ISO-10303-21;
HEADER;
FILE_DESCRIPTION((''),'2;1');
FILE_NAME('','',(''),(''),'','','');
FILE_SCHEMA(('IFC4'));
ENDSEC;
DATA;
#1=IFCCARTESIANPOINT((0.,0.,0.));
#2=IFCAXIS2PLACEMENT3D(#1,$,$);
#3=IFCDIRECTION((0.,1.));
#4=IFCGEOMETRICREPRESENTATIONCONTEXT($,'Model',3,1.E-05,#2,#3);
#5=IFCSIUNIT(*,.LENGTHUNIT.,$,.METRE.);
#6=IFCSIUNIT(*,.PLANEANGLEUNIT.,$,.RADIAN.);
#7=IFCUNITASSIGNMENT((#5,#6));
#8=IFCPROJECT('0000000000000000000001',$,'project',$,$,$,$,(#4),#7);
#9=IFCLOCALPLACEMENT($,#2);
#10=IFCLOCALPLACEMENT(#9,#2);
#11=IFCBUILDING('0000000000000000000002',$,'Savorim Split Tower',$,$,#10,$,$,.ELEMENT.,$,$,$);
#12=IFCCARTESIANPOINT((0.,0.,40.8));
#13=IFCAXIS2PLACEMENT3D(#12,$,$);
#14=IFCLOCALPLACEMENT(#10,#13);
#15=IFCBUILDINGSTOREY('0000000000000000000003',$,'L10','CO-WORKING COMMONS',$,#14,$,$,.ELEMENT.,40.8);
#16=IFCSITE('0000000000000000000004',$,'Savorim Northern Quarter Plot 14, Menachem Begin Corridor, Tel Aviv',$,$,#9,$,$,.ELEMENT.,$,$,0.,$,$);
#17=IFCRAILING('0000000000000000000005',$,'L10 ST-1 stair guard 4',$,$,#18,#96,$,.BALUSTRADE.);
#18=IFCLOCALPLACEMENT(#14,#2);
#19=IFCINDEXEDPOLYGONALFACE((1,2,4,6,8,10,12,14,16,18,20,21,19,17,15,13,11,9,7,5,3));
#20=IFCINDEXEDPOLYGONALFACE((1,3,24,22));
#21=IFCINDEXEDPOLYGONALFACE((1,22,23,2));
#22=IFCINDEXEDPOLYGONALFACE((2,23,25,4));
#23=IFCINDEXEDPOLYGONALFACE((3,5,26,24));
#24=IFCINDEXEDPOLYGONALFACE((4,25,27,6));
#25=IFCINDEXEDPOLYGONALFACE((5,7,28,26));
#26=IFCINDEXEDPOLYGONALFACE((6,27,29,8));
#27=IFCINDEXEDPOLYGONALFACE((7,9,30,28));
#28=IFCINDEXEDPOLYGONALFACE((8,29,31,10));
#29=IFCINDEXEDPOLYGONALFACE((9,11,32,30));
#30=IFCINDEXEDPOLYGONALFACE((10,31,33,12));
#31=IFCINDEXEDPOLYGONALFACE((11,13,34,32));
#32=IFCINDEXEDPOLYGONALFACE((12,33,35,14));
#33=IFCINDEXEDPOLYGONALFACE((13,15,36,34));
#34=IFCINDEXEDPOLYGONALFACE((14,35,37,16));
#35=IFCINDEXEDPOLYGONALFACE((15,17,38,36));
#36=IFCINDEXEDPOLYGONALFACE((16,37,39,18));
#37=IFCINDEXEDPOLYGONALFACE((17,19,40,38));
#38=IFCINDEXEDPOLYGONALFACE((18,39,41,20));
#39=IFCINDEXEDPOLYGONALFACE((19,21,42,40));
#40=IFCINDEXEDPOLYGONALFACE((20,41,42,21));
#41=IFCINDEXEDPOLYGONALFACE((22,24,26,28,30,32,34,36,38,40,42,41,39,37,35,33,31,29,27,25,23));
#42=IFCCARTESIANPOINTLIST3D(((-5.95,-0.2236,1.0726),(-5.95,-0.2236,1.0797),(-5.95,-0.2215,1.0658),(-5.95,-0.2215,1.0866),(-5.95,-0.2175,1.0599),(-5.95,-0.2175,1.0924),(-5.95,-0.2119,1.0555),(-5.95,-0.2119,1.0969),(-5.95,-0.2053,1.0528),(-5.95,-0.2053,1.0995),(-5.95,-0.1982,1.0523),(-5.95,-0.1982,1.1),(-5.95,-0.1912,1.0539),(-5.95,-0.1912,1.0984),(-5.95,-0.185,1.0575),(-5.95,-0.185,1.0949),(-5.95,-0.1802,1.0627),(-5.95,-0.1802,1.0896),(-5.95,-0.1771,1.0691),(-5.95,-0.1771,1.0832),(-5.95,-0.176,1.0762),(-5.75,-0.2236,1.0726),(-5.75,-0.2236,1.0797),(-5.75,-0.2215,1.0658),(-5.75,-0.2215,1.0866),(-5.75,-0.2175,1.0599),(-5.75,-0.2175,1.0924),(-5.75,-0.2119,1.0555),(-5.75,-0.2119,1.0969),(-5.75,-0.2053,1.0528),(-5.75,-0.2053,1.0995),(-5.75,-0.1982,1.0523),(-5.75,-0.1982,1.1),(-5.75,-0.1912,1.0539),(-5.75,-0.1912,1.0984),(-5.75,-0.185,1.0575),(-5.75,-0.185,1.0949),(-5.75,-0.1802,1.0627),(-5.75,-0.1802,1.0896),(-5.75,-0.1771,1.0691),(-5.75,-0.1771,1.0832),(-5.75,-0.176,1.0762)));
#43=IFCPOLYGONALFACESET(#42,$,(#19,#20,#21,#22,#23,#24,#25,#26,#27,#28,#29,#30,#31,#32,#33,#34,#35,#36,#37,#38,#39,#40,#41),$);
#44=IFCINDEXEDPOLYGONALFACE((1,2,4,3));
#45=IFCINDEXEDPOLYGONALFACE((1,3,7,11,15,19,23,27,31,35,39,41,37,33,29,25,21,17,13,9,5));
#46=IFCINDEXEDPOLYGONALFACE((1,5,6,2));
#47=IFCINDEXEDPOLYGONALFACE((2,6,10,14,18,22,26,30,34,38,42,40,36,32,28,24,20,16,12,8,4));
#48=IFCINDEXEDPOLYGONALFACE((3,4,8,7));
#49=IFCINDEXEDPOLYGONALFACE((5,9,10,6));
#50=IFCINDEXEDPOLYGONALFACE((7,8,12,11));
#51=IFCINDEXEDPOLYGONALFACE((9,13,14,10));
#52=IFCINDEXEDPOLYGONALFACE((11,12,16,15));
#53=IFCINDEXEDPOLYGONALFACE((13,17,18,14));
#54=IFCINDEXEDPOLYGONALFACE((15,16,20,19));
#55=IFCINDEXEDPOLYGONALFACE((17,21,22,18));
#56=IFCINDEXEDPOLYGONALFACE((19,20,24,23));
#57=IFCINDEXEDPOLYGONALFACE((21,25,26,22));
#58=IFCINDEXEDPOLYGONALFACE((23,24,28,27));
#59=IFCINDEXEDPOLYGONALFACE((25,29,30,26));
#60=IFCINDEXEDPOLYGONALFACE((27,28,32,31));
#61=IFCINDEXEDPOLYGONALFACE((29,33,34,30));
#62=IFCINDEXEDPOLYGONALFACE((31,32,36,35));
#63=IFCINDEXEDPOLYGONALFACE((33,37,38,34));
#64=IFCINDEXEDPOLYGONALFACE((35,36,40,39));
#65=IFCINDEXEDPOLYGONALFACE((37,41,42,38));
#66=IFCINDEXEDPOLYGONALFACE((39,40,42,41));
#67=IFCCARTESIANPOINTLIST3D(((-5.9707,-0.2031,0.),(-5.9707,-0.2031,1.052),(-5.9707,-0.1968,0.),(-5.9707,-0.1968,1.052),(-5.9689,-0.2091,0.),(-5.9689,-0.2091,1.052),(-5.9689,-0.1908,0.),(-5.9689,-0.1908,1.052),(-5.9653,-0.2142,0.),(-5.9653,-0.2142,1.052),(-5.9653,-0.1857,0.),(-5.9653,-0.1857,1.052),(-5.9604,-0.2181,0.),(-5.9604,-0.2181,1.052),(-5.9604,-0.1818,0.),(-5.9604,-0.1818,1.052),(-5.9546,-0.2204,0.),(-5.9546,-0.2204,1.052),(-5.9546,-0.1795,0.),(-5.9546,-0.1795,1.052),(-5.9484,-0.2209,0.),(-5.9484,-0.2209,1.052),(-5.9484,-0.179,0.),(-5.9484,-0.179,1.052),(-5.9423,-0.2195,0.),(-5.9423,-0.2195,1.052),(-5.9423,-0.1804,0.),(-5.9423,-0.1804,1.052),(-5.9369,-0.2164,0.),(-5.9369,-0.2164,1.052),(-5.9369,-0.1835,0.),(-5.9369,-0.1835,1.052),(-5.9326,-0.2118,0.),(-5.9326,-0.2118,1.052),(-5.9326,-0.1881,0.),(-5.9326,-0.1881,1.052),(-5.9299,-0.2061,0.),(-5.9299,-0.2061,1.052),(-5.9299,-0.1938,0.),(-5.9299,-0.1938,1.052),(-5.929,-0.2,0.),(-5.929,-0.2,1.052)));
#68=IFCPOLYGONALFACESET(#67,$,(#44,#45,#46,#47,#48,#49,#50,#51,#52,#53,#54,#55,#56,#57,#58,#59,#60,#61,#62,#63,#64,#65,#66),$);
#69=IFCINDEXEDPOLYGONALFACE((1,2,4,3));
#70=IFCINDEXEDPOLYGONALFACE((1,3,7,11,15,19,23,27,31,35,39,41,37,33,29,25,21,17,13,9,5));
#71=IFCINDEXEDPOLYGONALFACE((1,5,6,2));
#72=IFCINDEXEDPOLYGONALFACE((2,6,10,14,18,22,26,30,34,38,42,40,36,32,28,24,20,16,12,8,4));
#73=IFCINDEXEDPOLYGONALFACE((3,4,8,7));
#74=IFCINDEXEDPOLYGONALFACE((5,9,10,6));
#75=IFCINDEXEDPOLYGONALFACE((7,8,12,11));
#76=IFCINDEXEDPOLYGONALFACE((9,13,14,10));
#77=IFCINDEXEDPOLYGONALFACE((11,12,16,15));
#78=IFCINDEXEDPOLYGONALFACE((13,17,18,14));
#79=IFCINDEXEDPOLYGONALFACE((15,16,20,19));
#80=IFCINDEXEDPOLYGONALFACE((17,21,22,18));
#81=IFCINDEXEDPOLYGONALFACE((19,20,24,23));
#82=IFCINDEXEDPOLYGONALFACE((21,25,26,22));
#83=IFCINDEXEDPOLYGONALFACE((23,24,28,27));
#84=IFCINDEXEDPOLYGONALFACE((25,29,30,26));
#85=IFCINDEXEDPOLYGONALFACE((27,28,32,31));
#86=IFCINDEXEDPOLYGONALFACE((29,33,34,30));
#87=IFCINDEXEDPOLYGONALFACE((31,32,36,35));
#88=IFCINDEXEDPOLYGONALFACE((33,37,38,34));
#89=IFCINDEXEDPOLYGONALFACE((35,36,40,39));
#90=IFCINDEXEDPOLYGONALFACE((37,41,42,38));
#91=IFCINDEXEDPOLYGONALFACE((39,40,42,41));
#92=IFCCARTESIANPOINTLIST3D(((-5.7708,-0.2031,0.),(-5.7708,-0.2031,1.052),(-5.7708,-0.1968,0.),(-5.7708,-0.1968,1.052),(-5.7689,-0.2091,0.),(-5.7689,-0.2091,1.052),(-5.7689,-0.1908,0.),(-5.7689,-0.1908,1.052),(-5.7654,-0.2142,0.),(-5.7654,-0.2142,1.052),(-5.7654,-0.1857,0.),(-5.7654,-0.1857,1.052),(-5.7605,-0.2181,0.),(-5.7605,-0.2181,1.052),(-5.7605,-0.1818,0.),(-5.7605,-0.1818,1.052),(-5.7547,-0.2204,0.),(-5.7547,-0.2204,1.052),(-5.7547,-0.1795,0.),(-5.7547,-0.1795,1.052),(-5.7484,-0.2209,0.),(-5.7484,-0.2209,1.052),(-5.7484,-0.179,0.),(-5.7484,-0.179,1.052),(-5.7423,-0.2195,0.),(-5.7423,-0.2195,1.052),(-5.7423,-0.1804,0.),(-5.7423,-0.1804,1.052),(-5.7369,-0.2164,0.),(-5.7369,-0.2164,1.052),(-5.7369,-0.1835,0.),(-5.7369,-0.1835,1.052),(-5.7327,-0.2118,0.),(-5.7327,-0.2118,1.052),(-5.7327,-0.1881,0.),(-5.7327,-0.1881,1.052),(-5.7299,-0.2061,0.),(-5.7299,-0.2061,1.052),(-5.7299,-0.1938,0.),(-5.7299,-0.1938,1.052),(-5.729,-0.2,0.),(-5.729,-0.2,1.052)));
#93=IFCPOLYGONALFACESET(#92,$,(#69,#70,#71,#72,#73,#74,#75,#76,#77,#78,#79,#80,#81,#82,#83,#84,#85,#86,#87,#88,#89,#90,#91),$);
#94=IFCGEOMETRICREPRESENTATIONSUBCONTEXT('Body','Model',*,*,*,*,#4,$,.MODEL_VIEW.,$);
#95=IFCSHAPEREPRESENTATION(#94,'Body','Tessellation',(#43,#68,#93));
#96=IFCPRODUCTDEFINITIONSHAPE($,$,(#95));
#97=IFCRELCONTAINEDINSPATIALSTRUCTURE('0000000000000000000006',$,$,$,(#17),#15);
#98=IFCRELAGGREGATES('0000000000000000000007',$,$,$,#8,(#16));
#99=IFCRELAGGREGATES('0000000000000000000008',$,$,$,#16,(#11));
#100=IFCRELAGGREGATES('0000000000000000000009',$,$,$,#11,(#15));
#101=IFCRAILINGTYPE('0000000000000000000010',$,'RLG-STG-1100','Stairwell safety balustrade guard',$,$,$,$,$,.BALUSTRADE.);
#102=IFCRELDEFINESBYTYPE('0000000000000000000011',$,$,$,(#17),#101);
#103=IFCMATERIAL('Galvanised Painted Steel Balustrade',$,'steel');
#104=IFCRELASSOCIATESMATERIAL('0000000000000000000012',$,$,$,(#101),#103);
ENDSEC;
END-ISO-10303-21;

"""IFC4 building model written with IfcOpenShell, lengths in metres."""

from ifc_helpers import new_model, si_unit, direction, frame, origin, origin_2d, place, context, subcontext, project, spatial, circle, extrude, material, type_object, element, save


model = new_model("IFC4")

# Units and contexts
model_context = context("Model", 3, precision=1e-05, world=origin(), true_north=direction((0.0, 1.0)))
body_context = subcontext(model_context, "Body", "Model", "MODEL_VIEW")
ifc_project = project(units=[si_unit("LENGTHUNIT", "METRE"), si_unit("PLANEANGLEUNIT", "RADIAN")], contexts=[model_context])

# Site, building, storey
site_placement = place(None, origin())
site = spatial("IfcSite", under=ifc_project, at=site_placement, Name="Savorim Northern Quarter Plot 14, Menachem Begin Corridor, Tel Aviv", CompositionType="ELEMENT", RefElevation=0.0)
building_placement = place(site_placement, origin())
building = spatial("IfcBuilding", under=site, at=building_placement, Name="Savorim Split Tower", CompositionType="ELEMENT")
storey_placement = place(building_placement, frame((0.0, 0.0, 40.8)))
storey = spatial("IfcBuildingStorey", under=building, at=storey_placement, Name="L10", Description="CO-WORKING COMMONS", CompositionType="ELEMENT", Elevation=40.8)

# Railing
ifc_material_1 = material(Name="Galvanised Painted Steel Balustrade", Category="steel")
railing_type_1 = type_object("IfcRailingType", Name="RLG-STG-1100", Description="Stairwell safety balustrade guard", PredefinedType="BALUSTRADE", material=ifc_material_1)
railing_1_placement = place(storey_placement, frame((-5.95, -0.2, 0.0)))
element("IfcRailing", 1, at=railing_1_placement, inside=storey, type_object=railing_type_1, Name="L10 ST-1 stair guard 4", PredefinedType="BALUSTRADE", context=body_context, shape_type="SweptSolid", body=[
    extrude(circle(Radius=0.0239, at=origin_2d()), frame((0.0, 0.0, 1.0762), z_axis=(1.0, 0.0, 0.0), x_axis=(0.0, 1.0, 0.0)), (0.0, 0.0, 1.0), 0.2),
    extrude(circle(Radius=0.021, at=origin_2d()), origin(), (0.0, 0.0, 1.0), 1.052),
    extrude(circle(Radius=0.021, at=origin_2d()), frame((0.2, 0.0, 0.0)), (0.0, 0.0, 1.0), 1.052),
])

save(model, "model.ifc")
